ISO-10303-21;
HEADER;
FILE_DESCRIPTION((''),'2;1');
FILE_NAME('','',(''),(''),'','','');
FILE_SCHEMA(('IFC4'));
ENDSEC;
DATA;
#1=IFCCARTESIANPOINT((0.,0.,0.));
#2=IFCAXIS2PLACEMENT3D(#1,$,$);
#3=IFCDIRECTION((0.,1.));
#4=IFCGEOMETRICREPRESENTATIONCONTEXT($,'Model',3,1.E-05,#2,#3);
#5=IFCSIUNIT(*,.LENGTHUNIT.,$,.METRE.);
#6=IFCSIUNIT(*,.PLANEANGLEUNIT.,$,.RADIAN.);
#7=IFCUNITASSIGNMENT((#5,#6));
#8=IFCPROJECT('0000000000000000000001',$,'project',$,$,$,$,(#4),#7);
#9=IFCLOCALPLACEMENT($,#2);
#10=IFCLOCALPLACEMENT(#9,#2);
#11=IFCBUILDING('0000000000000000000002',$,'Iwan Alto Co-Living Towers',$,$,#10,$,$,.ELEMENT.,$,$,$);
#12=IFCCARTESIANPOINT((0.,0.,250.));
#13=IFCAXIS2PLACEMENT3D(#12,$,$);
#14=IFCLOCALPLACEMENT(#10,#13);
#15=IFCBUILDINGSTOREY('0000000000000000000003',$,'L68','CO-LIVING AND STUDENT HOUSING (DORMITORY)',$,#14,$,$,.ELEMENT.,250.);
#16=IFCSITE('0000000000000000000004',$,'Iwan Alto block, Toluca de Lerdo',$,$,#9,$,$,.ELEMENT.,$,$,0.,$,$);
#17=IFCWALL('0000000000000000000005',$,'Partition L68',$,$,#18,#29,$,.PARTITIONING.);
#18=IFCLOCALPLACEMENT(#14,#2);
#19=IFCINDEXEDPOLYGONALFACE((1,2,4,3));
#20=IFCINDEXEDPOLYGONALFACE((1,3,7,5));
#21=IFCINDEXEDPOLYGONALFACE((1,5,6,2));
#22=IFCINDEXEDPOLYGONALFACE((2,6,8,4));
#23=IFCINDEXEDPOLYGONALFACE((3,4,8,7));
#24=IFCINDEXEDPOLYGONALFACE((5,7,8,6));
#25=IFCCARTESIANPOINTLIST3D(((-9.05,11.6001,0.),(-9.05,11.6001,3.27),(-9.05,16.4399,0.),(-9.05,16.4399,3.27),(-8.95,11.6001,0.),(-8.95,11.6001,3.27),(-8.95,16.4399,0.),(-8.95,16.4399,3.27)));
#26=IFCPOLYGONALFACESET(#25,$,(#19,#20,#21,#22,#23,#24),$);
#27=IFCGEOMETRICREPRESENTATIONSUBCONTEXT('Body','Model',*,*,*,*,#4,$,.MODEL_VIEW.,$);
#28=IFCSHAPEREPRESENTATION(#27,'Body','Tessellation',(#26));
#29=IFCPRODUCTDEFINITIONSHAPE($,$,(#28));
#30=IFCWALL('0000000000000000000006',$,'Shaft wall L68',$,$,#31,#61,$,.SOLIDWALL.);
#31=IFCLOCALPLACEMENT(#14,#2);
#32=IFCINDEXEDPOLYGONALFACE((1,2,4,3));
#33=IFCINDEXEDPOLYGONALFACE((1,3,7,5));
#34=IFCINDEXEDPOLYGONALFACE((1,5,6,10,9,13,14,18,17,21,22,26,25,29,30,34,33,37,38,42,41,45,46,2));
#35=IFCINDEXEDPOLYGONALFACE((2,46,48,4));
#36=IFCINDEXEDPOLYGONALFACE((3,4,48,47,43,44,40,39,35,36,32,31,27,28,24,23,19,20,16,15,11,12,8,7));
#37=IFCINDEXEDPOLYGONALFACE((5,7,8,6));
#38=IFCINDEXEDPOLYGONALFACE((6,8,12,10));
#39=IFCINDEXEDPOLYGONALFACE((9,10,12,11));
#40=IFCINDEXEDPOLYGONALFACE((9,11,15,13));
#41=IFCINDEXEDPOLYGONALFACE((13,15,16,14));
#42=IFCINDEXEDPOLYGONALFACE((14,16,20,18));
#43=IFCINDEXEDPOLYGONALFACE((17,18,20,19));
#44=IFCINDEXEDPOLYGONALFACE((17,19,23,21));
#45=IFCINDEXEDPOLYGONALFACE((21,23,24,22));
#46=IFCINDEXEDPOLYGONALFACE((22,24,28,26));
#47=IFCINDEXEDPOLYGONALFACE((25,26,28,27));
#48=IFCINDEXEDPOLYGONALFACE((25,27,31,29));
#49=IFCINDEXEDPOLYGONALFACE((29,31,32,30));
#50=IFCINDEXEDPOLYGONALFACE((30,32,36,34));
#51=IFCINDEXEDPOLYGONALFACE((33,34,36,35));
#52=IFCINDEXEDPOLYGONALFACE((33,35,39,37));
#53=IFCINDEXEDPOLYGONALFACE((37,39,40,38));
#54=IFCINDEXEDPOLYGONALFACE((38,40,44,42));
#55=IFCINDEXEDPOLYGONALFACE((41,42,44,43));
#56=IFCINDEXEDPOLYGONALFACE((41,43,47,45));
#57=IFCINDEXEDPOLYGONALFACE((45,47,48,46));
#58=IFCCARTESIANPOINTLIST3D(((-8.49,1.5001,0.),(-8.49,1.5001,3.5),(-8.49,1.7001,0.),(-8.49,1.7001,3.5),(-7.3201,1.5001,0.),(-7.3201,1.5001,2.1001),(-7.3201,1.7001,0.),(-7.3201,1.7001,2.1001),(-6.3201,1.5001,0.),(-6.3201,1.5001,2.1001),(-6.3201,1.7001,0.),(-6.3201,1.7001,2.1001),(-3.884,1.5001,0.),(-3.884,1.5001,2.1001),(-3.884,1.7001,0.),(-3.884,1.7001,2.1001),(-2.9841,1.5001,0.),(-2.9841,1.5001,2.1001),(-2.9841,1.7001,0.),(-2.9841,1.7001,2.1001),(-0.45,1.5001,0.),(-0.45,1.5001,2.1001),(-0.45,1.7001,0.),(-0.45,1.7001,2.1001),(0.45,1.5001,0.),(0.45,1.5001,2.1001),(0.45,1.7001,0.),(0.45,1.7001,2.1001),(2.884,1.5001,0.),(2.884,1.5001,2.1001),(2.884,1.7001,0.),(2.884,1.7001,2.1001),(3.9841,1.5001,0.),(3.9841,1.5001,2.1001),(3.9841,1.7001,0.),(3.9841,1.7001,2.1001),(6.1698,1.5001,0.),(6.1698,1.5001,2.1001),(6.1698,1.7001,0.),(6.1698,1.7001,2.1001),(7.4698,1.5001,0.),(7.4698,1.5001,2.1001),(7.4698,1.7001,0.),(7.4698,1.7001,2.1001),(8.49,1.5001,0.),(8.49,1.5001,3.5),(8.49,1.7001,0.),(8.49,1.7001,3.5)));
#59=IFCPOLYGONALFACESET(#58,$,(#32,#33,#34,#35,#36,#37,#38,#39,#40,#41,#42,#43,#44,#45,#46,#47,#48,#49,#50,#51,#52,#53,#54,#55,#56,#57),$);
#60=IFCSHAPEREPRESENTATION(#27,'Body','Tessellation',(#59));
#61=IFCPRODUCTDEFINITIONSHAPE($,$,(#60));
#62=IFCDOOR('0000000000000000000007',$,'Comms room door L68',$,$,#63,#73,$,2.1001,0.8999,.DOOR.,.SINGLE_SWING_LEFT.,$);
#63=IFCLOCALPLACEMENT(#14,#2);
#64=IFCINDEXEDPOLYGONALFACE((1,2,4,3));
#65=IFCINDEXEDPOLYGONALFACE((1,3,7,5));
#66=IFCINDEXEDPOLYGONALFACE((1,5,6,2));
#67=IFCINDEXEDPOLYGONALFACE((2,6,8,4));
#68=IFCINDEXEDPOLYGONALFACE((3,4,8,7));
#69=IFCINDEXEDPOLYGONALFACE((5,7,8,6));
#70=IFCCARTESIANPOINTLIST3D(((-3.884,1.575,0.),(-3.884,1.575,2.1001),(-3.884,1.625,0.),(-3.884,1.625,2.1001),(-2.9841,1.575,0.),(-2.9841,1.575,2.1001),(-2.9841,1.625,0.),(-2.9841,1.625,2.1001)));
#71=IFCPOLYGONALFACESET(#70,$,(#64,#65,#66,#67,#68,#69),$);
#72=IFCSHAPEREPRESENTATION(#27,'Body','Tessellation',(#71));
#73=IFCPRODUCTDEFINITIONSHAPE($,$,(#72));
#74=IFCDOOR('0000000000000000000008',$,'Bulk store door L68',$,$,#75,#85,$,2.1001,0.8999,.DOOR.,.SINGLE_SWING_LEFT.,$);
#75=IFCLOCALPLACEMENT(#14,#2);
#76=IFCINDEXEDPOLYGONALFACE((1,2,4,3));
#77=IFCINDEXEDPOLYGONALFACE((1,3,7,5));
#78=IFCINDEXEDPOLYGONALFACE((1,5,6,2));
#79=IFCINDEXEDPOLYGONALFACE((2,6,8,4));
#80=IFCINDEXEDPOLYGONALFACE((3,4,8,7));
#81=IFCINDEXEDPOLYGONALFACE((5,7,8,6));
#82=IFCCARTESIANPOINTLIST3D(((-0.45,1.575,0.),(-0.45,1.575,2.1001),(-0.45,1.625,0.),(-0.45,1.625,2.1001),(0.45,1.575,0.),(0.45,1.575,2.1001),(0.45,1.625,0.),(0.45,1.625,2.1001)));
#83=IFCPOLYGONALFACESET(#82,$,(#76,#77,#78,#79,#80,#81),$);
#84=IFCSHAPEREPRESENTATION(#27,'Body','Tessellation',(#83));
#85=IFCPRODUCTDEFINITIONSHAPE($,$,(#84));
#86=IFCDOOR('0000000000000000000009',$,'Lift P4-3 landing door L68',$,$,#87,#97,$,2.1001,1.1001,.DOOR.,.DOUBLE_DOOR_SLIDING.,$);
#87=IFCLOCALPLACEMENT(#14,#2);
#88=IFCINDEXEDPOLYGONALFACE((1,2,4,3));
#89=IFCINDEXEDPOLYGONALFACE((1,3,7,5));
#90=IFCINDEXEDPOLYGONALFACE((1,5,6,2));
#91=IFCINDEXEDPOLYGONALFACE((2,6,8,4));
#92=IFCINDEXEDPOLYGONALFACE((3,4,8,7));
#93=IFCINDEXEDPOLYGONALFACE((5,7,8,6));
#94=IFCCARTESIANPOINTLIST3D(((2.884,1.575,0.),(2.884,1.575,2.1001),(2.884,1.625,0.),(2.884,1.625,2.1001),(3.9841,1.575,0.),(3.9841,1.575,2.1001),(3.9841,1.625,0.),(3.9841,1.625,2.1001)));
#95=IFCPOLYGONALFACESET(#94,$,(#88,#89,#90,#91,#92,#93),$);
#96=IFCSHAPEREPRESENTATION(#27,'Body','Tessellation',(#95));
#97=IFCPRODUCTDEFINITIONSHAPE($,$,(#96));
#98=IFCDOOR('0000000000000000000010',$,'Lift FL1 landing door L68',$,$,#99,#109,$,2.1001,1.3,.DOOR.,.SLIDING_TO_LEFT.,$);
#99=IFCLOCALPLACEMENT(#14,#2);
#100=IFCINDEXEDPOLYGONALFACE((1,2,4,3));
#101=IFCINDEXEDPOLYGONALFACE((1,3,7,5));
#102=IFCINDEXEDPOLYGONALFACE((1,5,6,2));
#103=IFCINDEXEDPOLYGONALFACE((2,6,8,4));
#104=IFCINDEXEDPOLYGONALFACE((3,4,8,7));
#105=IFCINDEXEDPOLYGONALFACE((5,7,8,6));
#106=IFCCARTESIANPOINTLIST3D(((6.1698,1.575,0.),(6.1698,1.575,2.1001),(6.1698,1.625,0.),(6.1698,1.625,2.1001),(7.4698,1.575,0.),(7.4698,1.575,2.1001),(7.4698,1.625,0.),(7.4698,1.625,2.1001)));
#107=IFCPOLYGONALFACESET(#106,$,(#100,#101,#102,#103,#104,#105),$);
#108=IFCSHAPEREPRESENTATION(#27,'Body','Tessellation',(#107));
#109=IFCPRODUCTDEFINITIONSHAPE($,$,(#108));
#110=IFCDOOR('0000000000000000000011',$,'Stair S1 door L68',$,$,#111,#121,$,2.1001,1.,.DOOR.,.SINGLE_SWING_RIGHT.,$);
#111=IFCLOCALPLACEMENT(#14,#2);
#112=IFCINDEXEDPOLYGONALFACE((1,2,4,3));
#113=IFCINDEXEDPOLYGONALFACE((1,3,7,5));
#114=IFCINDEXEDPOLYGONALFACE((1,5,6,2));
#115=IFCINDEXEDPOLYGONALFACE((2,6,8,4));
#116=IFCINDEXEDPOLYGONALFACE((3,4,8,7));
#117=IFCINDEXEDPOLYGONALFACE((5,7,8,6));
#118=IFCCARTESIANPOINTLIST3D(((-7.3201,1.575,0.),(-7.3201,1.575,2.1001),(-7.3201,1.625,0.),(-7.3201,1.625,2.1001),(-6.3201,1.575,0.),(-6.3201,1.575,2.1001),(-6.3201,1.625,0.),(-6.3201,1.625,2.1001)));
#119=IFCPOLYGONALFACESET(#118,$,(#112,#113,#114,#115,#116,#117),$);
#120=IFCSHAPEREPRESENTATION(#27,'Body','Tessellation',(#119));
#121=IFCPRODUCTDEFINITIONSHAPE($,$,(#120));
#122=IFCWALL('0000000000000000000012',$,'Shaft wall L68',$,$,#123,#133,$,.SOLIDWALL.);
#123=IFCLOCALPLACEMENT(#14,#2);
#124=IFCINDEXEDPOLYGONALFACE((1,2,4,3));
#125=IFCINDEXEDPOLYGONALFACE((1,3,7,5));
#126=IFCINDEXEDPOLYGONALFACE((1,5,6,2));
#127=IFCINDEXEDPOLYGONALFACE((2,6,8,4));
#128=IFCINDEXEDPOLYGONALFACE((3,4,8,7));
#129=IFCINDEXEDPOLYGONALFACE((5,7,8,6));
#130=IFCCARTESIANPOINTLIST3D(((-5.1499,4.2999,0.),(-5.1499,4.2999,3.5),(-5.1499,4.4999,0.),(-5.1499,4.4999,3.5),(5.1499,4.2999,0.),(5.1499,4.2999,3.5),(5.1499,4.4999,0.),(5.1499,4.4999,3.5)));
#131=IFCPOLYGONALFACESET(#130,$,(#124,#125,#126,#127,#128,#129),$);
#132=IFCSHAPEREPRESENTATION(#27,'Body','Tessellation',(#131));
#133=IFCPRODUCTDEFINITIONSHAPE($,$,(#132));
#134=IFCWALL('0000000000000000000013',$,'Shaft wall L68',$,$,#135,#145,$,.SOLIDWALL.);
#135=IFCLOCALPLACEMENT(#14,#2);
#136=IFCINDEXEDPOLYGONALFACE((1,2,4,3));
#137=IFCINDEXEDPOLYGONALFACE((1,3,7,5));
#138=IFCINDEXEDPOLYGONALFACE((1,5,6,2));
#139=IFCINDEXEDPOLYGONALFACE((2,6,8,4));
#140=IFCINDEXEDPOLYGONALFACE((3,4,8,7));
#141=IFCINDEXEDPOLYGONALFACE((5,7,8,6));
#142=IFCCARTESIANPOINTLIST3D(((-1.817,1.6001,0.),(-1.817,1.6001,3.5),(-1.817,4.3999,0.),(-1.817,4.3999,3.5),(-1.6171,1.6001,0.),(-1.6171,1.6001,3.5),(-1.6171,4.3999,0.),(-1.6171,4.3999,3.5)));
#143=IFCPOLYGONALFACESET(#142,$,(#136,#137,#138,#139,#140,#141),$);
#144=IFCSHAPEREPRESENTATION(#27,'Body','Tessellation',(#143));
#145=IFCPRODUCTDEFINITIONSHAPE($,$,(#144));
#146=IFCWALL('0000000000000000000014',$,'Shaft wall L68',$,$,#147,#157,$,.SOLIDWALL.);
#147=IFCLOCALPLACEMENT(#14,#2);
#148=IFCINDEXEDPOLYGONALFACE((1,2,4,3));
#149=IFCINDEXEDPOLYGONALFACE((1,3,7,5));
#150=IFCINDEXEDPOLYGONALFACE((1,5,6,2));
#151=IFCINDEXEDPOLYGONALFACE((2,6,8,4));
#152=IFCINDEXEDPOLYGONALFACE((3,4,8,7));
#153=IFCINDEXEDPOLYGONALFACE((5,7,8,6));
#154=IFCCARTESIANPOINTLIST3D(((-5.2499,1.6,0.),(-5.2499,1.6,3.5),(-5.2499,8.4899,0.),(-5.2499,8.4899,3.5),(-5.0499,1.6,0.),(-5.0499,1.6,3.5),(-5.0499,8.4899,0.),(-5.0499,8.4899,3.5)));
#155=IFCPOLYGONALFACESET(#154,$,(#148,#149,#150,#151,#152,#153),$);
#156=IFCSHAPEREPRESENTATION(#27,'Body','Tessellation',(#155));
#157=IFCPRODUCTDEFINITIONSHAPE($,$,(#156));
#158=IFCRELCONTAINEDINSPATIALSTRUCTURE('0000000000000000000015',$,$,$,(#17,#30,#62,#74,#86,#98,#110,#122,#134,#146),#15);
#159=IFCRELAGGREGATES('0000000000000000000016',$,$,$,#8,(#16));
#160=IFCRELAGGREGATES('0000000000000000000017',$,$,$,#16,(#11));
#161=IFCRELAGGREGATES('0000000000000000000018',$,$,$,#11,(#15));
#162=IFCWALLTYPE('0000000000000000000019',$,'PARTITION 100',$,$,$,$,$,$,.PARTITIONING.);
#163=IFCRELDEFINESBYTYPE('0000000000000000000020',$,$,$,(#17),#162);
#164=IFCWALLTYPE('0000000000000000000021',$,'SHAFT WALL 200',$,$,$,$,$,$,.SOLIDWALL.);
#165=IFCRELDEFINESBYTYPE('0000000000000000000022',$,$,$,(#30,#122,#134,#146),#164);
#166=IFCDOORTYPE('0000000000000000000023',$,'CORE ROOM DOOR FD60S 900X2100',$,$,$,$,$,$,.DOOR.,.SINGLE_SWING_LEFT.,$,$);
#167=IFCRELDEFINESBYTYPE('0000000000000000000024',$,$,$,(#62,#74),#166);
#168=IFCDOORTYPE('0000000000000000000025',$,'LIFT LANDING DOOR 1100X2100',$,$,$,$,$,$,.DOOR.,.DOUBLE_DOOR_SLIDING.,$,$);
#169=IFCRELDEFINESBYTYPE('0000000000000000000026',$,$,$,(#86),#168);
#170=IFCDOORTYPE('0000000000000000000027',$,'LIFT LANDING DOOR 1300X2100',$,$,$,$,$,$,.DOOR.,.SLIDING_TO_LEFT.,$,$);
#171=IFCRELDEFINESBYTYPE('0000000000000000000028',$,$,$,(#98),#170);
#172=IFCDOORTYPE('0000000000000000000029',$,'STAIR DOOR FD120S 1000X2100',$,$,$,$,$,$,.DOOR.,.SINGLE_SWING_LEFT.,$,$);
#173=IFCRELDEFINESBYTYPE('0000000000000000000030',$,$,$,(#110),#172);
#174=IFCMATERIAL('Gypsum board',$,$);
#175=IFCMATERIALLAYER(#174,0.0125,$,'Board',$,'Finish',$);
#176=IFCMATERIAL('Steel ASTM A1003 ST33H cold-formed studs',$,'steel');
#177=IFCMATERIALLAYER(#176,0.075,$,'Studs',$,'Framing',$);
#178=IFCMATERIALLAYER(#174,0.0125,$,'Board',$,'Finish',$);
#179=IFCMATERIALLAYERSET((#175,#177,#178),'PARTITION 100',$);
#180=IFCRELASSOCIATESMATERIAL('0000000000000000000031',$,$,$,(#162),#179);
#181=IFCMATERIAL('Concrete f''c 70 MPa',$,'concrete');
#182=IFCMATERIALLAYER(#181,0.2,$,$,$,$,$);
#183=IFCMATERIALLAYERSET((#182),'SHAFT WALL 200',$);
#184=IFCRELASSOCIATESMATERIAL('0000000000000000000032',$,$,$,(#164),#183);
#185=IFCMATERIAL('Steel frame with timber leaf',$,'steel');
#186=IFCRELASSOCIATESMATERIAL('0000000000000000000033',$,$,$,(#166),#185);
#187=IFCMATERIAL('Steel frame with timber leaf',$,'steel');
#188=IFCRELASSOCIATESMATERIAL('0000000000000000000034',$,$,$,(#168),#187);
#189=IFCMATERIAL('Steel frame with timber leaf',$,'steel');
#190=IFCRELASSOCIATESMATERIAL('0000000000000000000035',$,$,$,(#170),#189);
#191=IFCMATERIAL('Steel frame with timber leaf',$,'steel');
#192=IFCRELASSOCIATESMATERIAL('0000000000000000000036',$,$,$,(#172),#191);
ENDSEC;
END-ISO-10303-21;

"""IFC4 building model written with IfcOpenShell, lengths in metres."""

from ifc_helpers import new_model, si_unit, direction, frame, frame_2d, origin, place, context, subcontext, project, spatial, rectangle, extrude, material, layer, layer_set, type_object, element, fill, save


model = new_model("IFC4")

# Units and contexts
model_context = context("Model", 3, precision=1e-05, world=origin(), true_north=direction((0.0, 1.0)))
body_context = subcontext(model_context, "Body", "Model", "MODEL_VIEW")
ifc_project = project(units=[si_unit("LENGTHUNIT", "METRE"), si_unit("PLANEANGLEUNIT", "RADIAN")], contexts=[model_context])

# Site, building, storey
site_placement = place(None, origin())
site = spatial("IfcSite", under=ifc_project, at=site_placement, Name="Iwan Alto block, Toluca de Lerdo", CompositionType="ELEMENT", RefElevation=0.0)
building_placement = place(site_placement, origin())
building = spatial("IfcBuilding", under=site, at=building_placement, Name="Iwan Alto Co-Living Towers", CompositionType="ELEMENT")
storey_placement = place(building_placement, frame((0.0, 0.0, 250.0)))
storey = spatial("IfcBuildingStorey", under=building, at=storey_placement, Name="L68", Description="CO-LIVING AND STUDENT HOUSING (DORMITORY)", CompositionType="ELEMENT", Elevation=250.0)

# Shared definitions
ifc_material_1 = material(Name="Gypsum board")
ifc_material_2 = material(Name="Steel ASTM A1003 ST33H cold-formed studs", Category="steel")

# Wall
ifc_layer_1 = layer(ifc_material_1, 0.0125, Name="Board", Category="Finish")
ifc_layer_2 = layer(ifc_material_2, 0.075, Name="Studs", Category="Framing")
ifc_layer_3 = layer(ifc_material_1, 0.0125, Name="Board", Category="Finish")
ifc_layer_set_1 = layer_set([ifc_layer_1, ifc_layer_2, ifc_layer_3], Name="PARTITION 100")
wall_type_1 = type_object("IfcWallType", Name="PARTITION 100", PredefinedType="PARTITIONING", material=ifc_layer_set_1)
wall_1_placement = place(storey_placement, frame((-9.0, 11.6001, 0.0), z_axis=(0.0, 0.0, 1.0), x_axis=(0.0, 1.0, 0.0)))
element("IfcWall", 1, at=wall_1_placement, inside=storey, type_object=wall_type_1, Name="Partition L68", PredefinedType="PARTITIONING", context=body_context, shape_type="SweptSolid", body=[
    extrude(rectangle(XDim=4.8398, YDim=0.1001, at=frame_2d((2.4199, 0.0))), origin(), (0.0, 0.0, 1.0), 3.27),
])

# Wall, openings, doors
ifc_material_3 = material(Name="Concrete f'c 70 MPa", Category="concrete")
ifc_layer_4 = layer(ifc_material_3, 0.2)
ifc_layer_set_2 = layer_set([ifc_layer_4], Name="SHAFT WALL 200")
wall_type_2 = type_object("IfcWallType", Name="SHAFT WALL 200", PredefinedType="SOLIDWALL", material=ifc_layer_set_2)
wall_2_placement = place(storey_placement, frame((-8.49, 1.6001, 0.0), z_axis=(0.0, 0.0, 1.0), x_axis=(1.0, 0.0, 0.0)))
wall_2 = element("IfcWall", 2, at=wall_2_placement, inside=storey, type_object=wall_type_2, Name="Shaft wall L68", PredefinedType="SOLIDWALL", context=body_context, shape_type="SweptSolid", body=[
    extrude(rectangle(XDim=16.98, YDim=0.2, at=frame_2d((8.49, 0.0))), origin(), (0.0, 0.0, 1.0), 3.5),
])
opening_1_placement = place(wall_2_placement, frame((1.1699, 0.0, 0.0)))
opening_1 = element("IfcOpeningElement", 3, at=opening_1_placement, cuts=wall_2, PredefinedType="OPENING", context=body_context, shape_type="SweptSolid", body=[
    extrude(rectangle(XDim=1.0, YDim=2.1001, at=frame_2d((0.5, 1.05))), frame((0.0, 0.1099, 0.0), z_axis=(0.0, -1.0, 0.0), x_axis=(1.0, 0.0, 0.0)), (0.0, 0.0, 1.0), 0.22),
])
opening_2_placement = place(wall_2_placement, frame((4.606, 0.0, 0.0)))
opening_2 = element("IfcOpeningElement", 4, at=opening_2_placement, cuts=wall_2, PredefinedType="OPENING", context=body_context, shape_type="SweptSolid", body=[
    extrude(rectangle(XDim=0.8999, YDim=2.1001, at=frame_2d((0.45, 1.05))), frame((0.0, 0.1099, 0.0), z_axis=(0.0, -1.0, 0.0), x_axis=(1.0, 0.0, 0.0)), (0.0, 0.0, 1.0), 0.22),
])
opening_3_placement = place(wall_2_placement, frame((8.04, 0.0, 0.0)))
opening_3 = element("IfcOpeningElement", 5, at=opening_3_placement, cuts=wall_2, PredefinedType="OPENING", context=body_context, shape_type="SweptSolid", body=[
    extrude(rectangle(XDim=0.8999, YDim=2.1001, at=frame_2d((0.45, 1.05))), frame((0.0, 0.1099, 0.0), z_axis=(0.0, -1.0, 0.0), x_axis=(1.0, 0.0, 0.0)), (0.0, 0.0, 1.0), 0.22),
])
opening_4_placement = place(wall_2_placement, frame((11.374, 0.0, 0.0)))
opening_4 = element("IfcOpeningElement", 6, at=opening_4_placement, cuts=wall_2, PredefinedType="OPENING", context=body_context, shape_type="SweptSolid", body=[
    extrude(rectangle(XDim=1.1001, YDim=2.1001, at=frame_2d((0.55, 1.05))), frame((0.0, 0.1099, 0.0), z_axis=(0.0, -1.0, 0.0), x_axis=(1.0, 0.0, 0.0)), (0.0, 0.0, 1.0), 0.22),
])
opening_5_placement = place(wall_2_placement, frame((14.6599, 0.0, 0.0)))
opening_5 = element("IfcOpeningElement", 7, at=opening_5_placement, cuts=wall_2, PredefinedType="OPENING", context=body_context, shape_type="SweptSolid", body=[
    extrude(rectangle(XDim=1.3, YDim=2.1001, at=frame_2d((0.6499, 1.05))), frame((0.0, 0.1099, 0.0), z_axis=(0.0, -1.0, 0.0), x_axis=(1.0, 0.0, 0.0)), (0.0, 0.0, 1.0), 0.22),
])
ifc_material_4 = material(Name="Steel frame with timber leaf", Category="steel")
door_type_1 = type_object("IfcDoorType", Name="CORE ROOM DOOR FD60S 900X2100", OperationType="SINGLE_SWING_LEFT", PredefinedType="DOOR", material=ifc_material_4)
door_1_placement = place(opening_2_placement, origin())
door_1 = element("IfcDoor", 8, at=door_1_placement, inside=storey, type_object=door_type_1, Name="Comms room door L68", OperationType="SINGLE_SWING_LEFT", OverallHeight=2.1001, OverallWidth=0.8999, PredefinedType="DOOR", context=body_context, shape_type="SweptSolid", body=[
    extrude(rectangle(XDim=0.8999, YDim=2.1001, at=frame_2d((0.45, 1.05))), frame((0.0, 0.0249, 0.0), z_axis=(0.0, -1.0, 0.0), x_axis=(1.0, 0.0, 0.0)), (0.0, 0.0, 1.0), 0.05),
])
fill(opening_2, door_1)
door_2_placement = place(opening_3_placement, origin())
door_2 = element("IfcDoor", 9, at=door_2_placement, inside=storey, type_object=door_type_1, Name="Bulk store door L68", OperationType="SINGLE_SWING_LEFT", OverallHeight=2.1001, OverallWidth=0.8999, PredefinedType="DOOR", context=body_context, shape_type="SweptSolid", body=[
    extrude(rectangle(XDim=0.8999, YDim=2.1001, at=frame_2d((0.45, 1.05))), frame((0.0, 0.0249, 0.0), z_axis=(0.0, -1.0, 0.0), x_axis=(1.0, 0.0, 0.0)), (0.0, 0.0, 1.0), 0.05),
])
fill(opening_3, door_2)
ifc_material_5 = material(Name="Steel frame with timber leaf", Category="steel")
door_type_2 = type_object("IfcDoorType", Name="LIFT LANDING DOOR 1100X2100", OperationType="DOUBLE_DOOR_SLIDING", PredefinedType="DOOR", material=ifc_material_5)
door_3_placement = place(opening_4_placement, origin())
door_3 = element("IfcDoor", 10, at=door_3_placement, inside=storey, type_object=door_type_2, Name="Lift P4-3 landing door L68", OperationType="DOUBLE_DOOR_SLIDING", OverallHeight=2.1001, OverallWidth=1.1001, PredefinedType="DOOR", context=body_context, shape_type="SweptSolid", body=[
    extrude(rectangle(XDim=1.1001, YDim=2.1001, at=frame_2d((0.55, 1.05))), frame((0.0, 0.0249, 0.0), z_axis=(0.0, -1.0, 0.0), x_axis=(1.0, 0.0, 0.0)), (0.0, 0.0, 1.0), 0.05),
])
fill(opening_4, door_3)
ifc_material_6 = material(Name="Steel frame with timber leaf", Category="steel")
door_type_3 = type_object("IfcDoorType", Name="LIFT LANDING DOOR 1300X2100", OperationType="SLIDING_TO_LEFT", PredefinedType="DOOR", material=ifc_material_6)
door_4_placement = place(opening_5_placement, origin())
door_4 = element("IfcDoor", 11, at=door_4_placement, inside=storey, type_object=door_type_3, Name="Lift FL1 landing door L68", OperationType="SLIDING_TO_LEFT", OverallHeight=2.1001, OverallWidth=1.3, PredefinedType="DOOR", context=body_context, shape_type="SweptSolid", body=[
    extrude(rectangle(XDim=1.3, YDim=2.1001, at=frame_2d((0.6499, 1.05))), frame((0.0, 0.0249, 0.0), z_axis=(0.0, -1.0, 0.0), x_axis=(1.0, 0.0, 0.0)), (0.0, 0.0, 1.0), 0.05),
])
fill(opening_5, door_4)
ifc_material_7 = material(Name="Steel frame with timber leaf", Category="steel")
door_type_4 = type_object("IfcDoorType", Name="STAIR DOOR FD120S 1000X2100", OperationType="SINGLE_SWING_LEFT", PredefinedType="DOOR", material=ifc_material_7)
door_5_placement = place(opening_1_placement, origin())
door_5 = element("IfcDoor", 12, at=door_5_placement, inside=storey, type_object=door_type_4, Name="Stair S1 door L68", OperationType="SINGLE_SWING_RIGHT", OverallHeight=2.1001, OverallWidth=1.0, PredefinedType="DOOR", context=body_context, shape_type="SweptSolid", body=[
    extrude(rectangle(XDim=1.0, YDim=2.1001, at=frame_2d((0.5, 1.05))), frame((0.0, 0.0249, 0.0), z_axis=(0.0, -1.0, 0.0), x_axis=(1.0, 0.0, 0.0)), (0.0, 0.0, 1.0), 0.05),
])
fill(opening_1, door_5)

# Walls
wall_3_placement = place(storey_placement, frame((-5.1499, 4.3999, 0.0), z_axis=(0.0, 0.0, 1.0), x_axis=(1.0, 0.0, 0.0)))
element("IfcWall", 13, at=wall_3_placement, inside=storey, type_object=wall_type_2, Name="Shaft wall L68", PredefinedType="SOLIDWALL", context=body_context, shape_type="SweptSolid", body=[
    extrude(rectangle(XDim=10.2998, YDim=0.2, at=frame_2d((5.1499, 0.0))), origin(), (0.0, 0.0, 1.0), 3.5),
])
wall_4_placement = place(storey_placement, frame((-1.717, 1.6001, 0.0), z_axis=(0.0, 0.0, 1.0), x_axis=(0.0, 1.0, 0.0)))
element("IfcWall", 14, at=wall_4_placement, inside=storey, type_object=wall_type_2, Name="Shaft wall L68", PredefinedType="SOLIDWALL", context=body_context, shape_type="SweptSolid", body=[
    extrude(rectangle(XDim=2.7998, YDim=0.2, at=frame_2d((1.3999, 0.0))), origin(), (0.0, 0.0, 1.0), 3.5),
])
wall_5_placement = place(storey_placement, frame((-5.1499, 1.6001, 0.0), z_axis=(0.0, 0.0, 1.0), x_axis=(0.0, 1.0, 0.0)))
element("IfcWall", 15, at=wall_5_placement, inside=storey, type_object=wall_type_2, Name="Shaft wall L68", PredefinedType="SOLIDWALL", context=body_context, shape_type="SweptSolid", body=[
    extrude(rectangle(XDim=6.8899, YDim=0.2, at=frame_2d((3.4448, 0.0))), origin(), (0.0, 0.0, 1.0), 3.5),
])

save(model, "model.ifc")
